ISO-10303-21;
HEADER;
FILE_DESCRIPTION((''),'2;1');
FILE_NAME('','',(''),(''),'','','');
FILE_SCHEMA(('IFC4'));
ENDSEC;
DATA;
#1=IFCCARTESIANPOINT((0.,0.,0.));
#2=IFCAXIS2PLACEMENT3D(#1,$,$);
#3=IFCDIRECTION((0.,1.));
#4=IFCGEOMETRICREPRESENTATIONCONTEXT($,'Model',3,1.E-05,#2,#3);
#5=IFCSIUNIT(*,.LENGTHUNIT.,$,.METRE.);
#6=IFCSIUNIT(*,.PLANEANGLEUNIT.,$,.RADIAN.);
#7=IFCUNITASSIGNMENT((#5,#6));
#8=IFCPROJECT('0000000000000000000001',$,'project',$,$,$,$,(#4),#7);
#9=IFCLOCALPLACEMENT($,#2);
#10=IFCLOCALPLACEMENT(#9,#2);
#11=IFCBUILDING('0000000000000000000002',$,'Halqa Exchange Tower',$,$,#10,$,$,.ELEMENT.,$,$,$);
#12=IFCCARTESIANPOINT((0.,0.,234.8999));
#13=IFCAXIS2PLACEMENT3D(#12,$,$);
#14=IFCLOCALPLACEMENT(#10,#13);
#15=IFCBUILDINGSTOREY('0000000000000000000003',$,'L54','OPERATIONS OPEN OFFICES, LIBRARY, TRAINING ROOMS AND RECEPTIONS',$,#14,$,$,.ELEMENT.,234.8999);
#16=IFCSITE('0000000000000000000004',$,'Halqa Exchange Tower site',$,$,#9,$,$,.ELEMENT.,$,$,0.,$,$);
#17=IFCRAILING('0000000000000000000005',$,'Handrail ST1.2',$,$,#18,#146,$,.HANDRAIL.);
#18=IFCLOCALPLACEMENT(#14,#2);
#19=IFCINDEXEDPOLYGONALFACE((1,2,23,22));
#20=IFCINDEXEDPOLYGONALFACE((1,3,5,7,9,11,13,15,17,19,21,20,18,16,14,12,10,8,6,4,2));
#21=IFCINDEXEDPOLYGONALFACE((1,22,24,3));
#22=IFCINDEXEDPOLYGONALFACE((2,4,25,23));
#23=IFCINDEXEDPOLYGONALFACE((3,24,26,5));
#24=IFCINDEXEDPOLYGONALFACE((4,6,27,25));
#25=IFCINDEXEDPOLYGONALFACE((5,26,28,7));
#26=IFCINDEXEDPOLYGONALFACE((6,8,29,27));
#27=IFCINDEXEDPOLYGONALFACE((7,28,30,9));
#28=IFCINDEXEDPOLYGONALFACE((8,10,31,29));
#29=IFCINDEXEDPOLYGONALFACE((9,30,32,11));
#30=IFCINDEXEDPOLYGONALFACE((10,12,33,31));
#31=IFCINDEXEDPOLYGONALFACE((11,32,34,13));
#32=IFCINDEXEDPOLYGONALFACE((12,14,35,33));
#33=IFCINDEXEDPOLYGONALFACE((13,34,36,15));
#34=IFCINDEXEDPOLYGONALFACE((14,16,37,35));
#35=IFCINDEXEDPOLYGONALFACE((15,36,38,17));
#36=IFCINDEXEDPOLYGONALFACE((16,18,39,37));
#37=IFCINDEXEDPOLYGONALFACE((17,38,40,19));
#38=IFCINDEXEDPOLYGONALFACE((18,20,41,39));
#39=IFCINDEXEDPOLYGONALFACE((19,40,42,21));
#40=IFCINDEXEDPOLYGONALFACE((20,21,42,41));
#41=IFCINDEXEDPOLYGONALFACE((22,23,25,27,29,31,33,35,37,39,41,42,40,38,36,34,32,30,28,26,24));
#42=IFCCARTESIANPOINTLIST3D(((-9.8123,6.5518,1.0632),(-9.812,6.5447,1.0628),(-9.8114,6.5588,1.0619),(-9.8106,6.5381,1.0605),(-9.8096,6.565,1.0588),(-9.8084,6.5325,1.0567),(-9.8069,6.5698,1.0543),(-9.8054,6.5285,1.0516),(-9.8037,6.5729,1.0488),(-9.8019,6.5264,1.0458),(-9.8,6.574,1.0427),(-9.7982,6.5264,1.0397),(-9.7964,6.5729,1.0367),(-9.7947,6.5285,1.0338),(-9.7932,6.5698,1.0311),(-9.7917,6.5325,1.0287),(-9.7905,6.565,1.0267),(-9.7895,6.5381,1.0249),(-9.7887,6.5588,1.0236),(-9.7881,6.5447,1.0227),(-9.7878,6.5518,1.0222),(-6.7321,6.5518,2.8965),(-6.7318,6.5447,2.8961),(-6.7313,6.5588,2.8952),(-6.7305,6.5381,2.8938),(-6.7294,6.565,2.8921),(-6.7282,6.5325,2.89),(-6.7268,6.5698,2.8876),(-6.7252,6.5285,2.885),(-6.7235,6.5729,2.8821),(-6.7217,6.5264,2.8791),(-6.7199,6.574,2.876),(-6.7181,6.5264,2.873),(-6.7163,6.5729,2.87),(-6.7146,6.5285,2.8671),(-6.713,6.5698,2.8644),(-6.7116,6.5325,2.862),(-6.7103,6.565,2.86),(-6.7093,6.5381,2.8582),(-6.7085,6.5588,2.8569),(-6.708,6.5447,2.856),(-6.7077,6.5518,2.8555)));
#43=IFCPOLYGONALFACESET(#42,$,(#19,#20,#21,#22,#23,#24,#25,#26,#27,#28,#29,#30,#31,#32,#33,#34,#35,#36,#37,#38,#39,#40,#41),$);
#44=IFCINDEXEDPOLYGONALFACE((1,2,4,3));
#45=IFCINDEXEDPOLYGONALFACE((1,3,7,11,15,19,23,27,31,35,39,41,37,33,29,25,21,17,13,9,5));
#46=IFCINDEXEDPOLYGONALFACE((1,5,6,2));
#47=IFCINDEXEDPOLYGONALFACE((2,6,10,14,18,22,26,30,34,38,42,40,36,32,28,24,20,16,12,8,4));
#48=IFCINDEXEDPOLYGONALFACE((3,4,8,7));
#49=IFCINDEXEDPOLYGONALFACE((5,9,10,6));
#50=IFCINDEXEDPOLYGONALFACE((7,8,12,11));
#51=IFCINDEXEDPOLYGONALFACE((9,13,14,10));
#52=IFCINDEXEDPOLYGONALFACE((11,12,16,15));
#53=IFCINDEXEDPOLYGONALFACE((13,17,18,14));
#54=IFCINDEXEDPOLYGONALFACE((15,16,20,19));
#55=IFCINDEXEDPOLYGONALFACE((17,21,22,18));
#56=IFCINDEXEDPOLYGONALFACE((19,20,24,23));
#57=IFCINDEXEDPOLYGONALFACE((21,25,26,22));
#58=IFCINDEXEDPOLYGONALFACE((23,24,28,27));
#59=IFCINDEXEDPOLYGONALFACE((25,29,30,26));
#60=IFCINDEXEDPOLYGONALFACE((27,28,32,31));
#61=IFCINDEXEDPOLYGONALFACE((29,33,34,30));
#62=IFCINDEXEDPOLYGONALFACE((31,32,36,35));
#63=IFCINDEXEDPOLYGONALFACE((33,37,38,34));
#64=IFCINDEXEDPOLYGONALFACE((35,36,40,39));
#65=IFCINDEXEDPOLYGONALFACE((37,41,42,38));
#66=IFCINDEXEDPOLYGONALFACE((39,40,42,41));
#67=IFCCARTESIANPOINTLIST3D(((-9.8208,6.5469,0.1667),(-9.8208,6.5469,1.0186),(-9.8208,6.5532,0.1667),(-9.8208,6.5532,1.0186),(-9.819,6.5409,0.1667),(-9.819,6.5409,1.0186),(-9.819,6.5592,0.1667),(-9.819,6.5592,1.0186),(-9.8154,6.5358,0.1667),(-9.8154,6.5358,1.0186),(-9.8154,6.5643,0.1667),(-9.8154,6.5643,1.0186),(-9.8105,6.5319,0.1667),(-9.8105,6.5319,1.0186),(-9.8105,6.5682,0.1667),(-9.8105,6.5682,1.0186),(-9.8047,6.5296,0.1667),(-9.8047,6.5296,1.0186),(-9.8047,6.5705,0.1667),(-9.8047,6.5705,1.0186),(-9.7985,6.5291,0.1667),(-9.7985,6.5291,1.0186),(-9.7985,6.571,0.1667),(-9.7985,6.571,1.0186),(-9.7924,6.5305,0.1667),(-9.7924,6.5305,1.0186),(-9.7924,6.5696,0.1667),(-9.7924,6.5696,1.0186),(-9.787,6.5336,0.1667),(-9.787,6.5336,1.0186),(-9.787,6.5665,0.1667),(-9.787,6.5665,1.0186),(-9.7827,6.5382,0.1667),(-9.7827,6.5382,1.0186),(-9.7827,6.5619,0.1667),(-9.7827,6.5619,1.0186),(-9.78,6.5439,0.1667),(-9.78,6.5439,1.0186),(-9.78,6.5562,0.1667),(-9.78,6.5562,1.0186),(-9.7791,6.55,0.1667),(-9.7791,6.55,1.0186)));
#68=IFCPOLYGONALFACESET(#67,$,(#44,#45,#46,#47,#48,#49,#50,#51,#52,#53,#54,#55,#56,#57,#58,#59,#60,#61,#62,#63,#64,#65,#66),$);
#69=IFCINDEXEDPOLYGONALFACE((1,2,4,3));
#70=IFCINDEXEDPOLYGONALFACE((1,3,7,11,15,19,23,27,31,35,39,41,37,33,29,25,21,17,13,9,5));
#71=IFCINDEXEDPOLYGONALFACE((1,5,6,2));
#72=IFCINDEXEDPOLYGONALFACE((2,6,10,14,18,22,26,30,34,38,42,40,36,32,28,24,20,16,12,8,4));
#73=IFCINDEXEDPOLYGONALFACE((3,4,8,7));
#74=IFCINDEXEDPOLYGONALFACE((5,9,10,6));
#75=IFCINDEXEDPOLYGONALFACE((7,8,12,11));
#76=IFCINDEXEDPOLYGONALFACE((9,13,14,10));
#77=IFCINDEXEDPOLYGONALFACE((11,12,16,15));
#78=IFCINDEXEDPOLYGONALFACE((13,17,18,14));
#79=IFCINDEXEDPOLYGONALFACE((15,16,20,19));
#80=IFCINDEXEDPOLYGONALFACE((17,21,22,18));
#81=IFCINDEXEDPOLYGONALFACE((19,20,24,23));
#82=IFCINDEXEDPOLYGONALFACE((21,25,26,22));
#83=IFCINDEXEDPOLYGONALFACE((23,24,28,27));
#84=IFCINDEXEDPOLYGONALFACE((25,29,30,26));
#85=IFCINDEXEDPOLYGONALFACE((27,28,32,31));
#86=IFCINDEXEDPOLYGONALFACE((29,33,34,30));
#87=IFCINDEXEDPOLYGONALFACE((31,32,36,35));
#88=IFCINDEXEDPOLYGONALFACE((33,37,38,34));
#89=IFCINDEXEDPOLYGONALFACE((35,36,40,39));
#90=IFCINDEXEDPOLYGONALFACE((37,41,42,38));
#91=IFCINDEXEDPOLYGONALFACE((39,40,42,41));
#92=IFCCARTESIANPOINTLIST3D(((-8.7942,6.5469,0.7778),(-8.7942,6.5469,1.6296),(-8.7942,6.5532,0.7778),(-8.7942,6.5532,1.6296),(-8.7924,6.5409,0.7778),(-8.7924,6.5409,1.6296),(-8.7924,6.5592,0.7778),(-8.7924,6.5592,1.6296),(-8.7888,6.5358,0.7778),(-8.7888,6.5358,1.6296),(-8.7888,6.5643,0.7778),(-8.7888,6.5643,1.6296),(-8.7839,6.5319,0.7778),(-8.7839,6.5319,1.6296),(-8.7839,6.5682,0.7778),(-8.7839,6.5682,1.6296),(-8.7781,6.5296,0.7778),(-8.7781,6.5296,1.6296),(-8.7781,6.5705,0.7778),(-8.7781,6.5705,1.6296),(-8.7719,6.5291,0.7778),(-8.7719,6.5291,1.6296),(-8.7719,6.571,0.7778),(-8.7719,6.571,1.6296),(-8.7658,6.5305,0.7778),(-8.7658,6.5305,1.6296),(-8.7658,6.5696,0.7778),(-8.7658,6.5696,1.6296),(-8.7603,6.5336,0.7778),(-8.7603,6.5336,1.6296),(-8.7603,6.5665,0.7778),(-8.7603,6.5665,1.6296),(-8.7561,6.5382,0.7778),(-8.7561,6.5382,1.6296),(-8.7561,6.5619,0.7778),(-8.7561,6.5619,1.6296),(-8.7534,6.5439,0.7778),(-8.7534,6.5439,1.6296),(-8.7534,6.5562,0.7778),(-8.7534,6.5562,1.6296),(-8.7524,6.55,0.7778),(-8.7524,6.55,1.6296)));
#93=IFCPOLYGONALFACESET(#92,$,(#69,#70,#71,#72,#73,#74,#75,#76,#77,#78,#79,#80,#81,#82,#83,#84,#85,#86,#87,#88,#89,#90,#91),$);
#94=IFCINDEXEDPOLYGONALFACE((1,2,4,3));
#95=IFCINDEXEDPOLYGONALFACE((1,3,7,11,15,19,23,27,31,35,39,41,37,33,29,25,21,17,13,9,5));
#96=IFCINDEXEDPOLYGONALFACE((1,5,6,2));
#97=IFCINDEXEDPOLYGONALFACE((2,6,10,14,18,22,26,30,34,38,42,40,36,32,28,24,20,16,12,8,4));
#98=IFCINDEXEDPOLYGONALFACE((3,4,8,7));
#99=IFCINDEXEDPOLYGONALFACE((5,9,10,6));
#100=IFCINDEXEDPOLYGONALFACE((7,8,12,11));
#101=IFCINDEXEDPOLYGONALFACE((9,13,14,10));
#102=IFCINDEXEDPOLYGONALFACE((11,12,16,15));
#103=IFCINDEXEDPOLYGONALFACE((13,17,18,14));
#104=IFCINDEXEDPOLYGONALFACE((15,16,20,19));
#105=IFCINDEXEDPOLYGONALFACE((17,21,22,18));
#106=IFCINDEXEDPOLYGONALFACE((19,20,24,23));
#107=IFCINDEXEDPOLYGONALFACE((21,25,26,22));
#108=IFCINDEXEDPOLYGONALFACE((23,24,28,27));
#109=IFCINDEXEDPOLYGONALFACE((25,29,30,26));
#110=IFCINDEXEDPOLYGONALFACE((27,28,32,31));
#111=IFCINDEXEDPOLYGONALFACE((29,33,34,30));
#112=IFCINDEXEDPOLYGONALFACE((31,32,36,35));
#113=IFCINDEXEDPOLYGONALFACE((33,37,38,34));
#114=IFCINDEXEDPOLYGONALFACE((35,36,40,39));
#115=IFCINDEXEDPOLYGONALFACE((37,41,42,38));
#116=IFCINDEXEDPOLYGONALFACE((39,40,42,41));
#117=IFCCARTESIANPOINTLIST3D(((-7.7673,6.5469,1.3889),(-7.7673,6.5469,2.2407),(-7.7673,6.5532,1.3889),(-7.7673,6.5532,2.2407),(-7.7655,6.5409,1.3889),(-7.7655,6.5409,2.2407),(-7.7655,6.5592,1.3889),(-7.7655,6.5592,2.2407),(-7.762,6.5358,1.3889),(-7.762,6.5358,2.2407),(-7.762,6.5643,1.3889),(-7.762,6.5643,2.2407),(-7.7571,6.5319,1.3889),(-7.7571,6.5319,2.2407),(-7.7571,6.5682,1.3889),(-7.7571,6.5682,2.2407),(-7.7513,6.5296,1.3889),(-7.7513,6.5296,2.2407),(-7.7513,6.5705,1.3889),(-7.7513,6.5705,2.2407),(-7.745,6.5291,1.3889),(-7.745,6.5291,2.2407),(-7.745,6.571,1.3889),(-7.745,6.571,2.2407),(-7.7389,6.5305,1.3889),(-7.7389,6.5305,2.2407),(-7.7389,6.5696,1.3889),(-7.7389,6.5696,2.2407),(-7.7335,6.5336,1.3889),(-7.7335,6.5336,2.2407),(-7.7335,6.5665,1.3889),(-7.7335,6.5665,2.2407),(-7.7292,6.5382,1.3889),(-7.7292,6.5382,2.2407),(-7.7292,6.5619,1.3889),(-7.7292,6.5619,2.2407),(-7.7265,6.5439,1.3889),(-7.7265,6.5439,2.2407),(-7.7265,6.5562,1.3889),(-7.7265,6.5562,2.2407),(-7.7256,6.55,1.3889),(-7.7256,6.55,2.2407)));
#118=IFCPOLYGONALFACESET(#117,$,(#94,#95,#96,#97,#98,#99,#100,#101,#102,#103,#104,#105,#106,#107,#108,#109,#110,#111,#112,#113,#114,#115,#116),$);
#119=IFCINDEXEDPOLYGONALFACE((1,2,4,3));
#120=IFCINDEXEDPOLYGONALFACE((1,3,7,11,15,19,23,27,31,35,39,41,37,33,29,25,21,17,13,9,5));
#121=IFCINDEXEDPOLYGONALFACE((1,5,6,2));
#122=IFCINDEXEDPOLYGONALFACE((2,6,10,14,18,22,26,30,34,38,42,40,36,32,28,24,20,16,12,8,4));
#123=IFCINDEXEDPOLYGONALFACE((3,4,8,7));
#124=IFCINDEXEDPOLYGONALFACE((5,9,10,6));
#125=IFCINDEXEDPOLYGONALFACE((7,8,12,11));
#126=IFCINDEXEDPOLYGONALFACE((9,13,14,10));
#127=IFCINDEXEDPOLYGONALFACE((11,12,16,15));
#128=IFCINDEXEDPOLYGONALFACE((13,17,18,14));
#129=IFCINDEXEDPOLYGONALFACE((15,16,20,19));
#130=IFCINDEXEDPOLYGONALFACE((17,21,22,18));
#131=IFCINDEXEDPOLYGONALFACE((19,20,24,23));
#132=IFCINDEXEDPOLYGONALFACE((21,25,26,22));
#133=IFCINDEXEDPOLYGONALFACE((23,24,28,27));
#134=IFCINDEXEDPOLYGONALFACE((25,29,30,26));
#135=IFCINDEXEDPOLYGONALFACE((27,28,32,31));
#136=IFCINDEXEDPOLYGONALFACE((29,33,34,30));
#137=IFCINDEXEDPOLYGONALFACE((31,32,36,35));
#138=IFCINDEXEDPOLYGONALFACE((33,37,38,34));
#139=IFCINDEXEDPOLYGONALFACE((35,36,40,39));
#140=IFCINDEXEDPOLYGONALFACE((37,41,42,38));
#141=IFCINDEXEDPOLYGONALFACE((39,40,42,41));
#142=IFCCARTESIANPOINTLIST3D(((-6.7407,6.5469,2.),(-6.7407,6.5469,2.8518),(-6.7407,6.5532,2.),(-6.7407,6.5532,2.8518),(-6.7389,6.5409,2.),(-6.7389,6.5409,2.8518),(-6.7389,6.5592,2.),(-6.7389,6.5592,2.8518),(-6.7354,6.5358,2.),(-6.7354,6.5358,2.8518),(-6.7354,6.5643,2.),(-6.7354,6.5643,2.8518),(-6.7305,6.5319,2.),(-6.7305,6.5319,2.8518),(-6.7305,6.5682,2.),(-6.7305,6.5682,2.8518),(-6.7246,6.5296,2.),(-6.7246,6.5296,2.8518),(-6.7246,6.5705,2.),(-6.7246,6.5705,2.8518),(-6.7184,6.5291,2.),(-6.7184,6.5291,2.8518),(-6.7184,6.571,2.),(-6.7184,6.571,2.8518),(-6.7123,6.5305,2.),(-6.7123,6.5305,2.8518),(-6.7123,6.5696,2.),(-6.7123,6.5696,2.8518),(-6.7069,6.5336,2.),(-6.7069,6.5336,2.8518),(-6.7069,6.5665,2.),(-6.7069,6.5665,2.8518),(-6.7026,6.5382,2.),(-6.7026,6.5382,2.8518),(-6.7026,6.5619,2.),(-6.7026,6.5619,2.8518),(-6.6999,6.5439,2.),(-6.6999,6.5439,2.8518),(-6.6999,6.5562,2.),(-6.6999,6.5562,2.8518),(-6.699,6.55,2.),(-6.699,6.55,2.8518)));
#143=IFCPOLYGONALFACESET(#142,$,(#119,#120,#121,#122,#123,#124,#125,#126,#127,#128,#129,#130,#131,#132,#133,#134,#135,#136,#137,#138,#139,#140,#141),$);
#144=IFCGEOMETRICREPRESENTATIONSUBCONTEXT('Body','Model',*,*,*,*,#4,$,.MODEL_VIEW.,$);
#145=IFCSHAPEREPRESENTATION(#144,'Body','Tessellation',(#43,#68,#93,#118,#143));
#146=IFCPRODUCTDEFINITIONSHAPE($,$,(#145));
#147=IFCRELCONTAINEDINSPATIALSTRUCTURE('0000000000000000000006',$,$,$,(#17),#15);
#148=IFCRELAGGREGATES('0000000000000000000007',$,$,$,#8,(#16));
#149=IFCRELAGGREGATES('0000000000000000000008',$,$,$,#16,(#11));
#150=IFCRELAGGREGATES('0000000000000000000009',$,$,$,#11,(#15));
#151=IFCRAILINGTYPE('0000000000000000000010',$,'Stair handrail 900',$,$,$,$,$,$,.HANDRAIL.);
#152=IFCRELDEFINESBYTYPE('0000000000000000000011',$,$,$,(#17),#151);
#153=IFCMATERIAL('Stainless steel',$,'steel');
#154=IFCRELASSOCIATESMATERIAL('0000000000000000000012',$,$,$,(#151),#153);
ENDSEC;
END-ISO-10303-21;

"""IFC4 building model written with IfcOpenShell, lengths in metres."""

from ifc_helpers import new_model, si_unit, direction, frame, origin, origin_2d, place, context, subcontext, project, spatial, circle, extrude, material, type_object, element, save


model = new_model("IFC4")

# Units and contexts
model_context = context("Model", 3, precision=1e-05, world=origin(), true_north=direction((0.0, 1.0)))
body_context = subcontext(model_context, "Body", "Model", "MODEL_VIEW")
ifc_project = project(units=[si_unit("LENGTHUNIT", "METRE"), si_unit("PLANEANGLEUNIT", "RADIAN")], contexts=[model_context])

# Site, building, storey
site_placement = place(None, origin())
site = spatial("IfcSite", under=ifc_project, at=site_placement, Name="Halqa Exchange Tower site", CompositionType="ELEMENT", RefElevation=0.0)
building_placement = place(site_placement, origin())
building = spatial("IfcBuilding", under=site, at=building_placement, Name="Halqa Exchange Tower", CompositionType="ELEMENT")
storey_placement = place(building_placement, frame((0.0, 0.0, 234.8999)))
storey = spatial("IfcBuildingStorey", under=building, at=storey_placement, Name="L54", Description="OPERATIONS OPEN OFFICES, LIBRARY, TRAINING ROOMS AND RECEPTIONS", CompositionType="ELEMENT", Elevation=234.8999)

# Railing
ifc_material_1 = material(Name="Stainless steel", Category="steel")
railing_type_1 = type_object("IfcRailingType", Name="Stair handrail 900", PredefinedType="HANDRAIL", material=ifc_material_1)
railing_1_placement = place(storey_placement, frame((-9.8, 6.55, 0.1667)))
element("IfcRailing", 1, at=railing_1_placement, inside=storey, type_object=railing_type_1, Name="Handrail ST1.2", PredefinedType="HANDRAIL", context=body_context, shape_type="SweptSolid", body=[
    extrude(circle(Radius=0.0239, at=origin_2d()), frame((0.0, 0.0, 0.876), z_axis=(0.859309, 0.0, 0.511458), x_axis=(0.0, 1.0, 0.0)), (0.0, 0.0, 1.0), 3.5845),
    extrude(circle(Radius=0.021, at=origin_2d()), origin(), (0.0, 0.0, 1.0), 0.8518),
    extrude(circle(Radius=0.021, at=origin_2d()), frame((1.0266, 0.0, 0.6111)), (0.0, 0.0, 1.0), 0.8518),
    extrude(circle(Radius=0.021, at=origin_2d()), frame((2.0535, 0.0, 1.2222)), (0.0, 0.0, 1.0), 0.8518),
    extrude(circle(Radius=0.021, at=origin_2d()), frame((3.0801, 0.0, 1.8333)), (0.0, 0.0, 1.0), 0.8518),
])

save(model, "model.ifc")
